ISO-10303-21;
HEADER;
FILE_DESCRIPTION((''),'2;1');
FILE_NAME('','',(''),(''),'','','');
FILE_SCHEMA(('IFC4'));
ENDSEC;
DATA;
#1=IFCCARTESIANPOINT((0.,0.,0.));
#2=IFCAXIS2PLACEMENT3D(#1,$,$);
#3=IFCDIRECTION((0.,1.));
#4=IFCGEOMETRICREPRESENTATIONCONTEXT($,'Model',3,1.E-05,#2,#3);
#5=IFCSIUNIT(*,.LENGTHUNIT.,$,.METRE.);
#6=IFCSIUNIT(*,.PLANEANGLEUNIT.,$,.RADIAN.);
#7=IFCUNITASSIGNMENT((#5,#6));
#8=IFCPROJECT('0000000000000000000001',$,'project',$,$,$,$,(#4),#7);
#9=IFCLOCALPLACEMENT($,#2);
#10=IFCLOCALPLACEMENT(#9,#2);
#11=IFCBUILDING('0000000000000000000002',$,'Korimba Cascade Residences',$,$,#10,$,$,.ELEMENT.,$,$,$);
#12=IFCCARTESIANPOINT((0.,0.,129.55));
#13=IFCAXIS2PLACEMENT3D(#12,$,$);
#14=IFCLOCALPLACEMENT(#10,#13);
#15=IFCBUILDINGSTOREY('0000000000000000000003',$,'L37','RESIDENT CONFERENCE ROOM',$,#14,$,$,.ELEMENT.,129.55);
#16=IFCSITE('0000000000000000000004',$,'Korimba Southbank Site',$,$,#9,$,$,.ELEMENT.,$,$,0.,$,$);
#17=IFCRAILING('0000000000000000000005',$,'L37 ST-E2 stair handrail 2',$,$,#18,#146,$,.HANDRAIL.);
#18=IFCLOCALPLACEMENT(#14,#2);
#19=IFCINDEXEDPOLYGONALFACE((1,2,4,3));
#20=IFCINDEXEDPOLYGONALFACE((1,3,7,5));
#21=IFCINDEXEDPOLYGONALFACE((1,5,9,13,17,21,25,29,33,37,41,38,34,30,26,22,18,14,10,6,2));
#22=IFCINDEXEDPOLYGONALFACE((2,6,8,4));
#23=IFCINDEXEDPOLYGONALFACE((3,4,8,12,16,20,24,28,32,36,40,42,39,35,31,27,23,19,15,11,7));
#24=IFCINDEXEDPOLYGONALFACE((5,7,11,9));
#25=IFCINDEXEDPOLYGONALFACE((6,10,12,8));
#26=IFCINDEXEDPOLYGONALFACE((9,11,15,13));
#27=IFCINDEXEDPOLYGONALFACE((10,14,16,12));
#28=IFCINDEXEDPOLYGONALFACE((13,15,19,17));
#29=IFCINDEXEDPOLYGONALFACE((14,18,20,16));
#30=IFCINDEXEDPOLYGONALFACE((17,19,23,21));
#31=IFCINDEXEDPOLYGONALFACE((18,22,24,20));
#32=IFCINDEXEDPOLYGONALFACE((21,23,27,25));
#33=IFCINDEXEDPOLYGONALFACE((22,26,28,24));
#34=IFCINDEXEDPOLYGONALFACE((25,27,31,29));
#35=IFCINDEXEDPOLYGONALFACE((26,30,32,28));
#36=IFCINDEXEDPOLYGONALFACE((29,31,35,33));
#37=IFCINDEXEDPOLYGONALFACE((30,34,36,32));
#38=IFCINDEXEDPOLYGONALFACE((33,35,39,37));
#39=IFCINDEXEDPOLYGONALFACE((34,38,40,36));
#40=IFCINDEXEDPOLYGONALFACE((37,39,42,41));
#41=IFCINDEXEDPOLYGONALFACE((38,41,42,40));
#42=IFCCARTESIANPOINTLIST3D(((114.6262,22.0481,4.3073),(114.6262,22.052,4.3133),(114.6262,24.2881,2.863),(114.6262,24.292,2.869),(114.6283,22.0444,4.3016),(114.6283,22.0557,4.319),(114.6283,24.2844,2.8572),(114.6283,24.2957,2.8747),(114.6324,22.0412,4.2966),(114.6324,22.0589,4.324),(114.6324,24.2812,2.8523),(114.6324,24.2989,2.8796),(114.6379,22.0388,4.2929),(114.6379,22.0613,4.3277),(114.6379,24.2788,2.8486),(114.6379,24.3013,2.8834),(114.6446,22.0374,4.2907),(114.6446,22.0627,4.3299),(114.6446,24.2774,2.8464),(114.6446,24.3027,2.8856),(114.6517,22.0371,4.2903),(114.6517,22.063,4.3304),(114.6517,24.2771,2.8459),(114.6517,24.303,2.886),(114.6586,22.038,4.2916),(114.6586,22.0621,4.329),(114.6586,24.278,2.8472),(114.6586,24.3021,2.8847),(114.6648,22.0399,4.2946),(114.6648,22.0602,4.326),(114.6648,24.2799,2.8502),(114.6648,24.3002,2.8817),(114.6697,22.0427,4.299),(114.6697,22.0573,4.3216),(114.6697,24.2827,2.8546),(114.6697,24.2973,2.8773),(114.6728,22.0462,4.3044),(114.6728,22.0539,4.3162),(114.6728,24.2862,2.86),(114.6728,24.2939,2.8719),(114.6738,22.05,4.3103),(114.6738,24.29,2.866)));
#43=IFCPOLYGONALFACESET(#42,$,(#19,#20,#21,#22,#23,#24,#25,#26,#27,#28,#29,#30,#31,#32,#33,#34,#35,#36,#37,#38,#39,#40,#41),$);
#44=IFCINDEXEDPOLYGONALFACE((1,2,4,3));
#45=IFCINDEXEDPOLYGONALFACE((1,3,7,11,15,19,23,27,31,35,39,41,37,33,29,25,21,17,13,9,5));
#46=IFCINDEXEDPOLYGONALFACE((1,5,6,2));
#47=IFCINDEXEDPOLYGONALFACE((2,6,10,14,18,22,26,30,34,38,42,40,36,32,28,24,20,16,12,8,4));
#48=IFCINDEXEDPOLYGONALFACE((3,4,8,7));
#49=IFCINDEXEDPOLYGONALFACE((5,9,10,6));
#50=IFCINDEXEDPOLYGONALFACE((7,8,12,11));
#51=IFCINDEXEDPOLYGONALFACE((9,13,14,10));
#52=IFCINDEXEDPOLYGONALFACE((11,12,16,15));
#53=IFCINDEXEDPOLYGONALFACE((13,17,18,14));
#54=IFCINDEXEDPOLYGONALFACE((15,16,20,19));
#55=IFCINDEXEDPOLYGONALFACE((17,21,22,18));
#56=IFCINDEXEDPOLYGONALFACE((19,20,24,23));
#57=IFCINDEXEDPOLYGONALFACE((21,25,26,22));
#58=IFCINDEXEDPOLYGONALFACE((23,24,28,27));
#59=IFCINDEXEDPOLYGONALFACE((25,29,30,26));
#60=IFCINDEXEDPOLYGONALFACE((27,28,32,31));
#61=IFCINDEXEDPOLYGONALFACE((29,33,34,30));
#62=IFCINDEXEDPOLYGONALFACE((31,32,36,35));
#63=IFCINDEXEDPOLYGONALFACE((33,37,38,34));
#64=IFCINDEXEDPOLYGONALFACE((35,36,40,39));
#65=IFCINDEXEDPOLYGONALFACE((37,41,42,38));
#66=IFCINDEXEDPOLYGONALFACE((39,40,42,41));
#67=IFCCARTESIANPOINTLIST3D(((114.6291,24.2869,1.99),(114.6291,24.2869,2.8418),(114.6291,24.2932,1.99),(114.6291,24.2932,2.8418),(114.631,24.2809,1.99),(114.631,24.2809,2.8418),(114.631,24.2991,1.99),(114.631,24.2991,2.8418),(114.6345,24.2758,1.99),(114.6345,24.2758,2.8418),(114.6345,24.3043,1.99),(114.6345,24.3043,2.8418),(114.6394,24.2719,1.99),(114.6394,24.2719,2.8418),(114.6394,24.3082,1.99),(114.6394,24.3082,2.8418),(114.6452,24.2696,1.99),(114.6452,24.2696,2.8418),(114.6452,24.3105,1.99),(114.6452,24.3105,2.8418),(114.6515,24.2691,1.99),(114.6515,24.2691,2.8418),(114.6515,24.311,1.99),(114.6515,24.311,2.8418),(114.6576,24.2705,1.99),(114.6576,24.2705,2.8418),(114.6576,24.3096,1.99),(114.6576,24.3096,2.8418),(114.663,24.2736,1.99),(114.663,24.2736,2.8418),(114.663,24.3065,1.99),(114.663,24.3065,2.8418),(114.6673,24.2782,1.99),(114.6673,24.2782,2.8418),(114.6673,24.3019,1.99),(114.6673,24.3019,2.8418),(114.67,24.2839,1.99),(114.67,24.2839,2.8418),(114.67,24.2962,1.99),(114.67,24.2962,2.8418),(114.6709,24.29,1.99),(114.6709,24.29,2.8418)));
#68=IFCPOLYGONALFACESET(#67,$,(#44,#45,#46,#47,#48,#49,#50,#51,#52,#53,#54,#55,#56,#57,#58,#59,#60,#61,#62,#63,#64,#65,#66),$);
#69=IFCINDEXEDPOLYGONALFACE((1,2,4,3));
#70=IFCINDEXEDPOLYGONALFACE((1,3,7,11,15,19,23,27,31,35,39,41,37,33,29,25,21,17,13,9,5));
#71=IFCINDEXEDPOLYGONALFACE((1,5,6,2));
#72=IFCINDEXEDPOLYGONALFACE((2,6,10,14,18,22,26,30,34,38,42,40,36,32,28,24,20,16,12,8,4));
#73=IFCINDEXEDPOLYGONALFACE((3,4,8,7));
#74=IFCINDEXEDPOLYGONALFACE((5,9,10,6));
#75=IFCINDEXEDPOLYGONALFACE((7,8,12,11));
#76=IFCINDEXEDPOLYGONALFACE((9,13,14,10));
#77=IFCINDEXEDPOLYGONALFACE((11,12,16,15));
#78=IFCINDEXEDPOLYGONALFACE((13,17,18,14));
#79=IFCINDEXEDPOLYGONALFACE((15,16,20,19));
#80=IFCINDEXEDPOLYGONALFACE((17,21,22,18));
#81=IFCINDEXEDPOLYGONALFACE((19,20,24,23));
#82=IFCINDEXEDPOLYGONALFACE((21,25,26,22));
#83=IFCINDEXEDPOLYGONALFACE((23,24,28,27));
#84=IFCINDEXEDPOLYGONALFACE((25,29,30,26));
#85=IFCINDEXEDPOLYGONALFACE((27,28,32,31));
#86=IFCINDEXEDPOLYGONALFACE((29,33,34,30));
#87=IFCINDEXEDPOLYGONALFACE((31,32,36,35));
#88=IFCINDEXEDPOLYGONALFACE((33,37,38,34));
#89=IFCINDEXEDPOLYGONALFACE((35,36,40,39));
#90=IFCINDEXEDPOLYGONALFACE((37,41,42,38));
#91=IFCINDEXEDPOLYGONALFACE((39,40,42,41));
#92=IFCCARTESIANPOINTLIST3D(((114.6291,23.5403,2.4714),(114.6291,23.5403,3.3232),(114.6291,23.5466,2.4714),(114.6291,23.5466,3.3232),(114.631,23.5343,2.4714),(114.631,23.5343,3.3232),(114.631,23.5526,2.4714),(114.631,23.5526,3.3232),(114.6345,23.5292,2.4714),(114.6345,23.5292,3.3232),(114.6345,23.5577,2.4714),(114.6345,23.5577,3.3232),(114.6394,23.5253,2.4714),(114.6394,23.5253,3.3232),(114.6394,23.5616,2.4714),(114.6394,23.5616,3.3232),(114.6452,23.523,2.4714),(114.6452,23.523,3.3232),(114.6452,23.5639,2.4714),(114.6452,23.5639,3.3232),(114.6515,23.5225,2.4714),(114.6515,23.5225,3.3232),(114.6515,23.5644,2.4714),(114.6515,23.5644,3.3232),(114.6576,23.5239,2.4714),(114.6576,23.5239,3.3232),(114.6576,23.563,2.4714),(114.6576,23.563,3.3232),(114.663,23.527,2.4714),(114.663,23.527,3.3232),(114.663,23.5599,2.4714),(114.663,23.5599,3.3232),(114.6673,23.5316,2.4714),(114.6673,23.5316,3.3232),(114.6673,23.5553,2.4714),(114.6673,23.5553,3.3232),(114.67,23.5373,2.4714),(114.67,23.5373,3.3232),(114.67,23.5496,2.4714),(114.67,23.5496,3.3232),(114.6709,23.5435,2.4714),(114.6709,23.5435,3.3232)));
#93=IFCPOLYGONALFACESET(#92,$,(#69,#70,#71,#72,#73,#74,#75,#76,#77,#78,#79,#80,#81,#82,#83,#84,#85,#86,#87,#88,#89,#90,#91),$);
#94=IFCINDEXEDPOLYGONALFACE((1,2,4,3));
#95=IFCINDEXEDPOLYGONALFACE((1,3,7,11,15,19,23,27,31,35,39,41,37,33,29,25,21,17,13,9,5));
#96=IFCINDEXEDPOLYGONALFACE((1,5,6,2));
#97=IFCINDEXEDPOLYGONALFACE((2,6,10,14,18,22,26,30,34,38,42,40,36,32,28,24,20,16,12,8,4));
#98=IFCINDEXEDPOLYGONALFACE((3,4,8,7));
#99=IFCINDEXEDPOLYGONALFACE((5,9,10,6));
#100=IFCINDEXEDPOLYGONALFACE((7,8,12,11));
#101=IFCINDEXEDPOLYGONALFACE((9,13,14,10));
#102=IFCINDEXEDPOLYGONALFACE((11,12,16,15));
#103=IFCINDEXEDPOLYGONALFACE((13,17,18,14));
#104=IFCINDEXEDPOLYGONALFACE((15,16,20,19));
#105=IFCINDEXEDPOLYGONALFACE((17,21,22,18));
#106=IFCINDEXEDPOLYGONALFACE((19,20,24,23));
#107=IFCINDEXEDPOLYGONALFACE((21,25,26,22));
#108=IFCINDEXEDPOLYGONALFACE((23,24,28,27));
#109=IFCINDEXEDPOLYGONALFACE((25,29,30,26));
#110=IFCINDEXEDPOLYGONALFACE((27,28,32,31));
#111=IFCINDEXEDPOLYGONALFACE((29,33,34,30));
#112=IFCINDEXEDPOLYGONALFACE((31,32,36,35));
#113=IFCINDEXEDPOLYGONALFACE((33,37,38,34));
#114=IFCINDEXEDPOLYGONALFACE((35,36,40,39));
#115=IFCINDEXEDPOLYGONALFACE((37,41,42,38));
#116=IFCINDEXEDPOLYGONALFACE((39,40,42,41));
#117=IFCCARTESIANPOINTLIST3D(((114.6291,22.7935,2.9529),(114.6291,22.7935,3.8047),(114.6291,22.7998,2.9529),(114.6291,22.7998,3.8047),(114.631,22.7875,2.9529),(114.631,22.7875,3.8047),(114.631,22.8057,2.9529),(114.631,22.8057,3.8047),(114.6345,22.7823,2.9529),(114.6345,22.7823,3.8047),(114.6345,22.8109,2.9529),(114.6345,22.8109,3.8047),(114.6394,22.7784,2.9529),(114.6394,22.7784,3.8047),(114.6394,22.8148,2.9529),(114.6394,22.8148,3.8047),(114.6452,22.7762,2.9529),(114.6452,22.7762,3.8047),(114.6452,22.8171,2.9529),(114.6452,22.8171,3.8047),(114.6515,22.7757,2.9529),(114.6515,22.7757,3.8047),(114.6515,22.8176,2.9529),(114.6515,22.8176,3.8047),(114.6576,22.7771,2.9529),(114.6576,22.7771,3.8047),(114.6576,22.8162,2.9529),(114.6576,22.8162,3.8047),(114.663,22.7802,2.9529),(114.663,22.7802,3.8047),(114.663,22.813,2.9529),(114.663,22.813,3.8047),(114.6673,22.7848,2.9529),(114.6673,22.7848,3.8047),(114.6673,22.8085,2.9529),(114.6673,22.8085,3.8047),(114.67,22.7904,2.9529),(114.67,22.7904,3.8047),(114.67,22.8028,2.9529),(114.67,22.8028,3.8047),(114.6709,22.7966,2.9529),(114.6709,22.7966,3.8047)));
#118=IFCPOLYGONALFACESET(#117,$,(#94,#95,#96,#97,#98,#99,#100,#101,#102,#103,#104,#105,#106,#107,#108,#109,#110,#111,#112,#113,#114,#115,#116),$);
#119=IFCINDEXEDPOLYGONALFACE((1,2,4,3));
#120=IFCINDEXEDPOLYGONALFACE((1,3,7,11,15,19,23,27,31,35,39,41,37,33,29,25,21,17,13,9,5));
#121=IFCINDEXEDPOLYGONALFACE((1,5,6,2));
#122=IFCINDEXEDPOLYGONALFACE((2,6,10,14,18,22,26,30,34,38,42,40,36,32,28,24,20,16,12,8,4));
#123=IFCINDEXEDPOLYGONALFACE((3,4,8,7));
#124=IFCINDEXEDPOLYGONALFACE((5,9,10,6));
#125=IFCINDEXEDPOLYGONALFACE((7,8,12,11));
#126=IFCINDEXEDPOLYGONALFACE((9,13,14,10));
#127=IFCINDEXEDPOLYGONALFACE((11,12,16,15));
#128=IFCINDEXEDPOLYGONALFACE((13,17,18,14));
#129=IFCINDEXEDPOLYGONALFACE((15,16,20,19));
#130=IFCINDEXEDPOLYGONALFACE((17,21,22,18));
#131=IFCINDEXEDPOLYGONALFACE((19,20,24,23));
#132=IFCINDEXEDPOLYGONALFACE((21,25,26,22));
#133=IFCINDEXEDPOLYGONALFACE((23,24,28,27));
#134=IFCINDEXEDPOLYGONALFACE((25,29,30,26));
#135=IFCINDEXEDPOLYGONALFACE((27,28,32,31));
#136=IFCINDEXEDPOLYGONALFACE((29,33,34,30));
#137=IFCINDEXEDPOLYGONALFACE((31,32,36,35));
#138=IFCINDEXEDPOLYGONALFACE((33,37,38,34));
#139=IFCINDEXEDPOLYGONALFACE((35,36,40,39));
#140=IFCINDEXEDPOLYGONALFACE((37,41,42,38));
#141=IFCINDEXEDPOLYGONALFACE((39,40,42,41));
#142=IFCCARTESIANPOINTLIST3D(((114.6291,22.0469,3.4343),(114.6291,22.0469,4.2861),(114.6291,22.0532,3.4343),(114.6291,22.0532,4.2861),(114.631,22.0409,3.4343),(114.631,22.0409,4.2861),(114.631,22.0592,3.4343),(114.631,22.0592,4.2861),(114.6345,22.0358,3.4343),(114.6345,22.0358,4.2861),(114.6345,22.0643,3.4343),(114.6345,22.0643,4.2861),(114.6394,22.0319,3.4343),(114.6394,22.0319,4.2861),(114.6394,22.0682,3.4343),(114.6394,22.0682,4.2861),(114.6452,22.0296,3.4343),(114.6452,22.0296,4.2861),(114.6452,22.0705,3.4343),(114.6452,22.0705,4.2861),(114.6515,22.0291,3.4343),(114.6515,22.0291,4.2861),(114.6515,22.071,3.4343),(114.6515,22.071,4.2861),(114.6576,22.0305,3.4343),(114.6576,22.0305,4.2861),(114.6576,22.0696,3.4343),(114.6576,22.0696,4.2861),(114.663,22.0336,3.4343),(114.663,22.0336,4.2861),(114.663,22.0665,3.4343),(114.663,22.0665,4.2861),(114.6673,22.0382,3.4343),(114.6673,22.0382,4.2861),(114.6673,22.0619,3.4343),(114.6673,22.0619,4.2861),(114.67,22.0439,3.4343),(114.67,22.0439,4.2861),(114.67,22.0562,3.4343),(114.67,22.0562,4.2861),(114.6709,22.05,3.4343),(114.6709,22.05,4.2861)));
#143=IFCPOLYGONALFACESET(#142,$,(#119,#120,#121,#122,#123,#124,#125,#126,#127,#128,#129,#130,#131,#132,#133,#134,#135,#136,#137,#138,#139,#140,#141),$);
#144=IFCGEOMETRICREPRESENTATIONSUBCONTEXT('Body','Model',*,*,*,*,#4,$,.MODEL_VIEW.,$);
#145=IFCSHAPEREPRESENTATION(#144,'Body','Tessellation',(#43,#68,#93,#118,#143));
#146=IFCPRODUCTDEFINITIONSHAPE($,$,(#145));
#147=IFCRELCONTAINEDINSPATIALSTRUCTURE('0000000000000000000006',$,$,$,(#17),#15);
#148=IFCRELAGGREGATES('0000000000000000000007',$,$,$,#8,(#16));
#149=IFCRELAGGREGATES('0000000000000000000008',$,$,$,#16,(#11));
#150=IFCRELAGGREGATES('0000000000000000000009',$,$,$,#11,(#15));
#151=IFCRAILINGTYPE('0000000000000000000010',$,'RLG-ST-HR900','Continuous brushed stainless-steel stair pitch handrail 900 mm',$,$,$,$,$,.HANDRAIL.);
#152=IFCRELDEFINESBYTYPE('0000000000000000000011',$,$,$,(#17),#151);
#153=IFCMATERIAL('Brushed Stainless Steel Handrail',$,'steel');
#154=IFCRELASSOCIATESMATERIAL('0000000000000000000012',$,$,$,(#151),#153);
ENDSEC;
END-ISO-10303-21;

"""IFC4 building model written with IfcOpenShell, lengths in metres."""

from ifc_helpers import new_model, si_unit, direction, frame, origin, origin_2d, place, context, subcontext, project, spatial, circle, extrude, material, type_object, element, save


model = new_model("IFC4")

# Units and contexts
model_context = context("Model", 3, precision=1e-05, world=origin(), true_north=direction((0.0, 1.0)))
body_context = subcontext(model_context, "Body", "Model", "MODEL_VIEW")
ifc_project = project(units=[si_unit("LENGTHUNIT", "METRE"), si_unit("PLANEANGLEUNIT", "RADIAN")], contexts=[model_context])

# Site, building, storey
site_placement = place(None, origin())
site = spatial("IfcSite", under=ifc_project, at=site_placement, Name="Korimba Southbank Site", CompositionType="ELEMENT", RefElevation=0.0)
building_placement = place(site_placement, origin())
building = spatial("IfcBuilding", under=site, at=building_placement, Name="Korimba Cascade Residences", CompositionType="ELEMENT")
storey_placement = place(building_placement, frame((0.0, 0.0, 129.55)))
storey = spatial("IfcBuildingStorey", under=building, at=storey_placement, Name="L37", Description="RESIDENT CONFERENCE ROOM", CompositionType="ELEMENT", Elevation=129.55)

# Railing
ifc_material_1 = material(Name="Brushed Stainless Steel Handrail", Category="steel")
railing_type_1 = type_object("IfcRailingType", Name="RLG-ST-HR900", Description="Continuous brushed stainless-steel stair pitch handrail 900 mm", PredefinedType="HANDRAIL", material=ifc_material_1)
railing_1_placement = place(storey_placement, frame((114.6499, 24.29, 1.99)))
element("IfcRailing", 1, at=railing_1_placement, inside=storey, type_object=railing_type_1, Name="L37 ST-E2 stair handrail 2", PredefinedType="HANDRAIL", context=body_context, shape_type="SweptSolid", body=[
    extrude(circle(Radius=0.0239, at=origin_2d()), frame((0.0, 0.0, 0.876), z_axis=(0.0, -0.840437, 0.54191), x_axis=(1.0, 0.0, 0.0)), (0.0, 0.0, 1.0), 2.6653),
    extrude(circle(Radius=0.021, at=origin_2d()), origin(), (0.0, 0.0, 1.0), 0.8518),
    extrude(circle(Radius=0.021, at=origin_2d()), frame((0.0, -0.7466, 0.4814)), (0.0, 0.0, 1.0), 0.8518),
    extrude(circle(Radius=0.021, at=origin_2d()), frame((0.0, -1.4934, 0.9629)), (0.0, 0.0, 1.0), 0.8518),
    extrude(circle(Radius=0.021, at=origin_2d()), frame((0.0, -2.24, 1.4443)), (0.0, 0.0, 1.0), 0.8518),
])

save(model, "model.ifc")
